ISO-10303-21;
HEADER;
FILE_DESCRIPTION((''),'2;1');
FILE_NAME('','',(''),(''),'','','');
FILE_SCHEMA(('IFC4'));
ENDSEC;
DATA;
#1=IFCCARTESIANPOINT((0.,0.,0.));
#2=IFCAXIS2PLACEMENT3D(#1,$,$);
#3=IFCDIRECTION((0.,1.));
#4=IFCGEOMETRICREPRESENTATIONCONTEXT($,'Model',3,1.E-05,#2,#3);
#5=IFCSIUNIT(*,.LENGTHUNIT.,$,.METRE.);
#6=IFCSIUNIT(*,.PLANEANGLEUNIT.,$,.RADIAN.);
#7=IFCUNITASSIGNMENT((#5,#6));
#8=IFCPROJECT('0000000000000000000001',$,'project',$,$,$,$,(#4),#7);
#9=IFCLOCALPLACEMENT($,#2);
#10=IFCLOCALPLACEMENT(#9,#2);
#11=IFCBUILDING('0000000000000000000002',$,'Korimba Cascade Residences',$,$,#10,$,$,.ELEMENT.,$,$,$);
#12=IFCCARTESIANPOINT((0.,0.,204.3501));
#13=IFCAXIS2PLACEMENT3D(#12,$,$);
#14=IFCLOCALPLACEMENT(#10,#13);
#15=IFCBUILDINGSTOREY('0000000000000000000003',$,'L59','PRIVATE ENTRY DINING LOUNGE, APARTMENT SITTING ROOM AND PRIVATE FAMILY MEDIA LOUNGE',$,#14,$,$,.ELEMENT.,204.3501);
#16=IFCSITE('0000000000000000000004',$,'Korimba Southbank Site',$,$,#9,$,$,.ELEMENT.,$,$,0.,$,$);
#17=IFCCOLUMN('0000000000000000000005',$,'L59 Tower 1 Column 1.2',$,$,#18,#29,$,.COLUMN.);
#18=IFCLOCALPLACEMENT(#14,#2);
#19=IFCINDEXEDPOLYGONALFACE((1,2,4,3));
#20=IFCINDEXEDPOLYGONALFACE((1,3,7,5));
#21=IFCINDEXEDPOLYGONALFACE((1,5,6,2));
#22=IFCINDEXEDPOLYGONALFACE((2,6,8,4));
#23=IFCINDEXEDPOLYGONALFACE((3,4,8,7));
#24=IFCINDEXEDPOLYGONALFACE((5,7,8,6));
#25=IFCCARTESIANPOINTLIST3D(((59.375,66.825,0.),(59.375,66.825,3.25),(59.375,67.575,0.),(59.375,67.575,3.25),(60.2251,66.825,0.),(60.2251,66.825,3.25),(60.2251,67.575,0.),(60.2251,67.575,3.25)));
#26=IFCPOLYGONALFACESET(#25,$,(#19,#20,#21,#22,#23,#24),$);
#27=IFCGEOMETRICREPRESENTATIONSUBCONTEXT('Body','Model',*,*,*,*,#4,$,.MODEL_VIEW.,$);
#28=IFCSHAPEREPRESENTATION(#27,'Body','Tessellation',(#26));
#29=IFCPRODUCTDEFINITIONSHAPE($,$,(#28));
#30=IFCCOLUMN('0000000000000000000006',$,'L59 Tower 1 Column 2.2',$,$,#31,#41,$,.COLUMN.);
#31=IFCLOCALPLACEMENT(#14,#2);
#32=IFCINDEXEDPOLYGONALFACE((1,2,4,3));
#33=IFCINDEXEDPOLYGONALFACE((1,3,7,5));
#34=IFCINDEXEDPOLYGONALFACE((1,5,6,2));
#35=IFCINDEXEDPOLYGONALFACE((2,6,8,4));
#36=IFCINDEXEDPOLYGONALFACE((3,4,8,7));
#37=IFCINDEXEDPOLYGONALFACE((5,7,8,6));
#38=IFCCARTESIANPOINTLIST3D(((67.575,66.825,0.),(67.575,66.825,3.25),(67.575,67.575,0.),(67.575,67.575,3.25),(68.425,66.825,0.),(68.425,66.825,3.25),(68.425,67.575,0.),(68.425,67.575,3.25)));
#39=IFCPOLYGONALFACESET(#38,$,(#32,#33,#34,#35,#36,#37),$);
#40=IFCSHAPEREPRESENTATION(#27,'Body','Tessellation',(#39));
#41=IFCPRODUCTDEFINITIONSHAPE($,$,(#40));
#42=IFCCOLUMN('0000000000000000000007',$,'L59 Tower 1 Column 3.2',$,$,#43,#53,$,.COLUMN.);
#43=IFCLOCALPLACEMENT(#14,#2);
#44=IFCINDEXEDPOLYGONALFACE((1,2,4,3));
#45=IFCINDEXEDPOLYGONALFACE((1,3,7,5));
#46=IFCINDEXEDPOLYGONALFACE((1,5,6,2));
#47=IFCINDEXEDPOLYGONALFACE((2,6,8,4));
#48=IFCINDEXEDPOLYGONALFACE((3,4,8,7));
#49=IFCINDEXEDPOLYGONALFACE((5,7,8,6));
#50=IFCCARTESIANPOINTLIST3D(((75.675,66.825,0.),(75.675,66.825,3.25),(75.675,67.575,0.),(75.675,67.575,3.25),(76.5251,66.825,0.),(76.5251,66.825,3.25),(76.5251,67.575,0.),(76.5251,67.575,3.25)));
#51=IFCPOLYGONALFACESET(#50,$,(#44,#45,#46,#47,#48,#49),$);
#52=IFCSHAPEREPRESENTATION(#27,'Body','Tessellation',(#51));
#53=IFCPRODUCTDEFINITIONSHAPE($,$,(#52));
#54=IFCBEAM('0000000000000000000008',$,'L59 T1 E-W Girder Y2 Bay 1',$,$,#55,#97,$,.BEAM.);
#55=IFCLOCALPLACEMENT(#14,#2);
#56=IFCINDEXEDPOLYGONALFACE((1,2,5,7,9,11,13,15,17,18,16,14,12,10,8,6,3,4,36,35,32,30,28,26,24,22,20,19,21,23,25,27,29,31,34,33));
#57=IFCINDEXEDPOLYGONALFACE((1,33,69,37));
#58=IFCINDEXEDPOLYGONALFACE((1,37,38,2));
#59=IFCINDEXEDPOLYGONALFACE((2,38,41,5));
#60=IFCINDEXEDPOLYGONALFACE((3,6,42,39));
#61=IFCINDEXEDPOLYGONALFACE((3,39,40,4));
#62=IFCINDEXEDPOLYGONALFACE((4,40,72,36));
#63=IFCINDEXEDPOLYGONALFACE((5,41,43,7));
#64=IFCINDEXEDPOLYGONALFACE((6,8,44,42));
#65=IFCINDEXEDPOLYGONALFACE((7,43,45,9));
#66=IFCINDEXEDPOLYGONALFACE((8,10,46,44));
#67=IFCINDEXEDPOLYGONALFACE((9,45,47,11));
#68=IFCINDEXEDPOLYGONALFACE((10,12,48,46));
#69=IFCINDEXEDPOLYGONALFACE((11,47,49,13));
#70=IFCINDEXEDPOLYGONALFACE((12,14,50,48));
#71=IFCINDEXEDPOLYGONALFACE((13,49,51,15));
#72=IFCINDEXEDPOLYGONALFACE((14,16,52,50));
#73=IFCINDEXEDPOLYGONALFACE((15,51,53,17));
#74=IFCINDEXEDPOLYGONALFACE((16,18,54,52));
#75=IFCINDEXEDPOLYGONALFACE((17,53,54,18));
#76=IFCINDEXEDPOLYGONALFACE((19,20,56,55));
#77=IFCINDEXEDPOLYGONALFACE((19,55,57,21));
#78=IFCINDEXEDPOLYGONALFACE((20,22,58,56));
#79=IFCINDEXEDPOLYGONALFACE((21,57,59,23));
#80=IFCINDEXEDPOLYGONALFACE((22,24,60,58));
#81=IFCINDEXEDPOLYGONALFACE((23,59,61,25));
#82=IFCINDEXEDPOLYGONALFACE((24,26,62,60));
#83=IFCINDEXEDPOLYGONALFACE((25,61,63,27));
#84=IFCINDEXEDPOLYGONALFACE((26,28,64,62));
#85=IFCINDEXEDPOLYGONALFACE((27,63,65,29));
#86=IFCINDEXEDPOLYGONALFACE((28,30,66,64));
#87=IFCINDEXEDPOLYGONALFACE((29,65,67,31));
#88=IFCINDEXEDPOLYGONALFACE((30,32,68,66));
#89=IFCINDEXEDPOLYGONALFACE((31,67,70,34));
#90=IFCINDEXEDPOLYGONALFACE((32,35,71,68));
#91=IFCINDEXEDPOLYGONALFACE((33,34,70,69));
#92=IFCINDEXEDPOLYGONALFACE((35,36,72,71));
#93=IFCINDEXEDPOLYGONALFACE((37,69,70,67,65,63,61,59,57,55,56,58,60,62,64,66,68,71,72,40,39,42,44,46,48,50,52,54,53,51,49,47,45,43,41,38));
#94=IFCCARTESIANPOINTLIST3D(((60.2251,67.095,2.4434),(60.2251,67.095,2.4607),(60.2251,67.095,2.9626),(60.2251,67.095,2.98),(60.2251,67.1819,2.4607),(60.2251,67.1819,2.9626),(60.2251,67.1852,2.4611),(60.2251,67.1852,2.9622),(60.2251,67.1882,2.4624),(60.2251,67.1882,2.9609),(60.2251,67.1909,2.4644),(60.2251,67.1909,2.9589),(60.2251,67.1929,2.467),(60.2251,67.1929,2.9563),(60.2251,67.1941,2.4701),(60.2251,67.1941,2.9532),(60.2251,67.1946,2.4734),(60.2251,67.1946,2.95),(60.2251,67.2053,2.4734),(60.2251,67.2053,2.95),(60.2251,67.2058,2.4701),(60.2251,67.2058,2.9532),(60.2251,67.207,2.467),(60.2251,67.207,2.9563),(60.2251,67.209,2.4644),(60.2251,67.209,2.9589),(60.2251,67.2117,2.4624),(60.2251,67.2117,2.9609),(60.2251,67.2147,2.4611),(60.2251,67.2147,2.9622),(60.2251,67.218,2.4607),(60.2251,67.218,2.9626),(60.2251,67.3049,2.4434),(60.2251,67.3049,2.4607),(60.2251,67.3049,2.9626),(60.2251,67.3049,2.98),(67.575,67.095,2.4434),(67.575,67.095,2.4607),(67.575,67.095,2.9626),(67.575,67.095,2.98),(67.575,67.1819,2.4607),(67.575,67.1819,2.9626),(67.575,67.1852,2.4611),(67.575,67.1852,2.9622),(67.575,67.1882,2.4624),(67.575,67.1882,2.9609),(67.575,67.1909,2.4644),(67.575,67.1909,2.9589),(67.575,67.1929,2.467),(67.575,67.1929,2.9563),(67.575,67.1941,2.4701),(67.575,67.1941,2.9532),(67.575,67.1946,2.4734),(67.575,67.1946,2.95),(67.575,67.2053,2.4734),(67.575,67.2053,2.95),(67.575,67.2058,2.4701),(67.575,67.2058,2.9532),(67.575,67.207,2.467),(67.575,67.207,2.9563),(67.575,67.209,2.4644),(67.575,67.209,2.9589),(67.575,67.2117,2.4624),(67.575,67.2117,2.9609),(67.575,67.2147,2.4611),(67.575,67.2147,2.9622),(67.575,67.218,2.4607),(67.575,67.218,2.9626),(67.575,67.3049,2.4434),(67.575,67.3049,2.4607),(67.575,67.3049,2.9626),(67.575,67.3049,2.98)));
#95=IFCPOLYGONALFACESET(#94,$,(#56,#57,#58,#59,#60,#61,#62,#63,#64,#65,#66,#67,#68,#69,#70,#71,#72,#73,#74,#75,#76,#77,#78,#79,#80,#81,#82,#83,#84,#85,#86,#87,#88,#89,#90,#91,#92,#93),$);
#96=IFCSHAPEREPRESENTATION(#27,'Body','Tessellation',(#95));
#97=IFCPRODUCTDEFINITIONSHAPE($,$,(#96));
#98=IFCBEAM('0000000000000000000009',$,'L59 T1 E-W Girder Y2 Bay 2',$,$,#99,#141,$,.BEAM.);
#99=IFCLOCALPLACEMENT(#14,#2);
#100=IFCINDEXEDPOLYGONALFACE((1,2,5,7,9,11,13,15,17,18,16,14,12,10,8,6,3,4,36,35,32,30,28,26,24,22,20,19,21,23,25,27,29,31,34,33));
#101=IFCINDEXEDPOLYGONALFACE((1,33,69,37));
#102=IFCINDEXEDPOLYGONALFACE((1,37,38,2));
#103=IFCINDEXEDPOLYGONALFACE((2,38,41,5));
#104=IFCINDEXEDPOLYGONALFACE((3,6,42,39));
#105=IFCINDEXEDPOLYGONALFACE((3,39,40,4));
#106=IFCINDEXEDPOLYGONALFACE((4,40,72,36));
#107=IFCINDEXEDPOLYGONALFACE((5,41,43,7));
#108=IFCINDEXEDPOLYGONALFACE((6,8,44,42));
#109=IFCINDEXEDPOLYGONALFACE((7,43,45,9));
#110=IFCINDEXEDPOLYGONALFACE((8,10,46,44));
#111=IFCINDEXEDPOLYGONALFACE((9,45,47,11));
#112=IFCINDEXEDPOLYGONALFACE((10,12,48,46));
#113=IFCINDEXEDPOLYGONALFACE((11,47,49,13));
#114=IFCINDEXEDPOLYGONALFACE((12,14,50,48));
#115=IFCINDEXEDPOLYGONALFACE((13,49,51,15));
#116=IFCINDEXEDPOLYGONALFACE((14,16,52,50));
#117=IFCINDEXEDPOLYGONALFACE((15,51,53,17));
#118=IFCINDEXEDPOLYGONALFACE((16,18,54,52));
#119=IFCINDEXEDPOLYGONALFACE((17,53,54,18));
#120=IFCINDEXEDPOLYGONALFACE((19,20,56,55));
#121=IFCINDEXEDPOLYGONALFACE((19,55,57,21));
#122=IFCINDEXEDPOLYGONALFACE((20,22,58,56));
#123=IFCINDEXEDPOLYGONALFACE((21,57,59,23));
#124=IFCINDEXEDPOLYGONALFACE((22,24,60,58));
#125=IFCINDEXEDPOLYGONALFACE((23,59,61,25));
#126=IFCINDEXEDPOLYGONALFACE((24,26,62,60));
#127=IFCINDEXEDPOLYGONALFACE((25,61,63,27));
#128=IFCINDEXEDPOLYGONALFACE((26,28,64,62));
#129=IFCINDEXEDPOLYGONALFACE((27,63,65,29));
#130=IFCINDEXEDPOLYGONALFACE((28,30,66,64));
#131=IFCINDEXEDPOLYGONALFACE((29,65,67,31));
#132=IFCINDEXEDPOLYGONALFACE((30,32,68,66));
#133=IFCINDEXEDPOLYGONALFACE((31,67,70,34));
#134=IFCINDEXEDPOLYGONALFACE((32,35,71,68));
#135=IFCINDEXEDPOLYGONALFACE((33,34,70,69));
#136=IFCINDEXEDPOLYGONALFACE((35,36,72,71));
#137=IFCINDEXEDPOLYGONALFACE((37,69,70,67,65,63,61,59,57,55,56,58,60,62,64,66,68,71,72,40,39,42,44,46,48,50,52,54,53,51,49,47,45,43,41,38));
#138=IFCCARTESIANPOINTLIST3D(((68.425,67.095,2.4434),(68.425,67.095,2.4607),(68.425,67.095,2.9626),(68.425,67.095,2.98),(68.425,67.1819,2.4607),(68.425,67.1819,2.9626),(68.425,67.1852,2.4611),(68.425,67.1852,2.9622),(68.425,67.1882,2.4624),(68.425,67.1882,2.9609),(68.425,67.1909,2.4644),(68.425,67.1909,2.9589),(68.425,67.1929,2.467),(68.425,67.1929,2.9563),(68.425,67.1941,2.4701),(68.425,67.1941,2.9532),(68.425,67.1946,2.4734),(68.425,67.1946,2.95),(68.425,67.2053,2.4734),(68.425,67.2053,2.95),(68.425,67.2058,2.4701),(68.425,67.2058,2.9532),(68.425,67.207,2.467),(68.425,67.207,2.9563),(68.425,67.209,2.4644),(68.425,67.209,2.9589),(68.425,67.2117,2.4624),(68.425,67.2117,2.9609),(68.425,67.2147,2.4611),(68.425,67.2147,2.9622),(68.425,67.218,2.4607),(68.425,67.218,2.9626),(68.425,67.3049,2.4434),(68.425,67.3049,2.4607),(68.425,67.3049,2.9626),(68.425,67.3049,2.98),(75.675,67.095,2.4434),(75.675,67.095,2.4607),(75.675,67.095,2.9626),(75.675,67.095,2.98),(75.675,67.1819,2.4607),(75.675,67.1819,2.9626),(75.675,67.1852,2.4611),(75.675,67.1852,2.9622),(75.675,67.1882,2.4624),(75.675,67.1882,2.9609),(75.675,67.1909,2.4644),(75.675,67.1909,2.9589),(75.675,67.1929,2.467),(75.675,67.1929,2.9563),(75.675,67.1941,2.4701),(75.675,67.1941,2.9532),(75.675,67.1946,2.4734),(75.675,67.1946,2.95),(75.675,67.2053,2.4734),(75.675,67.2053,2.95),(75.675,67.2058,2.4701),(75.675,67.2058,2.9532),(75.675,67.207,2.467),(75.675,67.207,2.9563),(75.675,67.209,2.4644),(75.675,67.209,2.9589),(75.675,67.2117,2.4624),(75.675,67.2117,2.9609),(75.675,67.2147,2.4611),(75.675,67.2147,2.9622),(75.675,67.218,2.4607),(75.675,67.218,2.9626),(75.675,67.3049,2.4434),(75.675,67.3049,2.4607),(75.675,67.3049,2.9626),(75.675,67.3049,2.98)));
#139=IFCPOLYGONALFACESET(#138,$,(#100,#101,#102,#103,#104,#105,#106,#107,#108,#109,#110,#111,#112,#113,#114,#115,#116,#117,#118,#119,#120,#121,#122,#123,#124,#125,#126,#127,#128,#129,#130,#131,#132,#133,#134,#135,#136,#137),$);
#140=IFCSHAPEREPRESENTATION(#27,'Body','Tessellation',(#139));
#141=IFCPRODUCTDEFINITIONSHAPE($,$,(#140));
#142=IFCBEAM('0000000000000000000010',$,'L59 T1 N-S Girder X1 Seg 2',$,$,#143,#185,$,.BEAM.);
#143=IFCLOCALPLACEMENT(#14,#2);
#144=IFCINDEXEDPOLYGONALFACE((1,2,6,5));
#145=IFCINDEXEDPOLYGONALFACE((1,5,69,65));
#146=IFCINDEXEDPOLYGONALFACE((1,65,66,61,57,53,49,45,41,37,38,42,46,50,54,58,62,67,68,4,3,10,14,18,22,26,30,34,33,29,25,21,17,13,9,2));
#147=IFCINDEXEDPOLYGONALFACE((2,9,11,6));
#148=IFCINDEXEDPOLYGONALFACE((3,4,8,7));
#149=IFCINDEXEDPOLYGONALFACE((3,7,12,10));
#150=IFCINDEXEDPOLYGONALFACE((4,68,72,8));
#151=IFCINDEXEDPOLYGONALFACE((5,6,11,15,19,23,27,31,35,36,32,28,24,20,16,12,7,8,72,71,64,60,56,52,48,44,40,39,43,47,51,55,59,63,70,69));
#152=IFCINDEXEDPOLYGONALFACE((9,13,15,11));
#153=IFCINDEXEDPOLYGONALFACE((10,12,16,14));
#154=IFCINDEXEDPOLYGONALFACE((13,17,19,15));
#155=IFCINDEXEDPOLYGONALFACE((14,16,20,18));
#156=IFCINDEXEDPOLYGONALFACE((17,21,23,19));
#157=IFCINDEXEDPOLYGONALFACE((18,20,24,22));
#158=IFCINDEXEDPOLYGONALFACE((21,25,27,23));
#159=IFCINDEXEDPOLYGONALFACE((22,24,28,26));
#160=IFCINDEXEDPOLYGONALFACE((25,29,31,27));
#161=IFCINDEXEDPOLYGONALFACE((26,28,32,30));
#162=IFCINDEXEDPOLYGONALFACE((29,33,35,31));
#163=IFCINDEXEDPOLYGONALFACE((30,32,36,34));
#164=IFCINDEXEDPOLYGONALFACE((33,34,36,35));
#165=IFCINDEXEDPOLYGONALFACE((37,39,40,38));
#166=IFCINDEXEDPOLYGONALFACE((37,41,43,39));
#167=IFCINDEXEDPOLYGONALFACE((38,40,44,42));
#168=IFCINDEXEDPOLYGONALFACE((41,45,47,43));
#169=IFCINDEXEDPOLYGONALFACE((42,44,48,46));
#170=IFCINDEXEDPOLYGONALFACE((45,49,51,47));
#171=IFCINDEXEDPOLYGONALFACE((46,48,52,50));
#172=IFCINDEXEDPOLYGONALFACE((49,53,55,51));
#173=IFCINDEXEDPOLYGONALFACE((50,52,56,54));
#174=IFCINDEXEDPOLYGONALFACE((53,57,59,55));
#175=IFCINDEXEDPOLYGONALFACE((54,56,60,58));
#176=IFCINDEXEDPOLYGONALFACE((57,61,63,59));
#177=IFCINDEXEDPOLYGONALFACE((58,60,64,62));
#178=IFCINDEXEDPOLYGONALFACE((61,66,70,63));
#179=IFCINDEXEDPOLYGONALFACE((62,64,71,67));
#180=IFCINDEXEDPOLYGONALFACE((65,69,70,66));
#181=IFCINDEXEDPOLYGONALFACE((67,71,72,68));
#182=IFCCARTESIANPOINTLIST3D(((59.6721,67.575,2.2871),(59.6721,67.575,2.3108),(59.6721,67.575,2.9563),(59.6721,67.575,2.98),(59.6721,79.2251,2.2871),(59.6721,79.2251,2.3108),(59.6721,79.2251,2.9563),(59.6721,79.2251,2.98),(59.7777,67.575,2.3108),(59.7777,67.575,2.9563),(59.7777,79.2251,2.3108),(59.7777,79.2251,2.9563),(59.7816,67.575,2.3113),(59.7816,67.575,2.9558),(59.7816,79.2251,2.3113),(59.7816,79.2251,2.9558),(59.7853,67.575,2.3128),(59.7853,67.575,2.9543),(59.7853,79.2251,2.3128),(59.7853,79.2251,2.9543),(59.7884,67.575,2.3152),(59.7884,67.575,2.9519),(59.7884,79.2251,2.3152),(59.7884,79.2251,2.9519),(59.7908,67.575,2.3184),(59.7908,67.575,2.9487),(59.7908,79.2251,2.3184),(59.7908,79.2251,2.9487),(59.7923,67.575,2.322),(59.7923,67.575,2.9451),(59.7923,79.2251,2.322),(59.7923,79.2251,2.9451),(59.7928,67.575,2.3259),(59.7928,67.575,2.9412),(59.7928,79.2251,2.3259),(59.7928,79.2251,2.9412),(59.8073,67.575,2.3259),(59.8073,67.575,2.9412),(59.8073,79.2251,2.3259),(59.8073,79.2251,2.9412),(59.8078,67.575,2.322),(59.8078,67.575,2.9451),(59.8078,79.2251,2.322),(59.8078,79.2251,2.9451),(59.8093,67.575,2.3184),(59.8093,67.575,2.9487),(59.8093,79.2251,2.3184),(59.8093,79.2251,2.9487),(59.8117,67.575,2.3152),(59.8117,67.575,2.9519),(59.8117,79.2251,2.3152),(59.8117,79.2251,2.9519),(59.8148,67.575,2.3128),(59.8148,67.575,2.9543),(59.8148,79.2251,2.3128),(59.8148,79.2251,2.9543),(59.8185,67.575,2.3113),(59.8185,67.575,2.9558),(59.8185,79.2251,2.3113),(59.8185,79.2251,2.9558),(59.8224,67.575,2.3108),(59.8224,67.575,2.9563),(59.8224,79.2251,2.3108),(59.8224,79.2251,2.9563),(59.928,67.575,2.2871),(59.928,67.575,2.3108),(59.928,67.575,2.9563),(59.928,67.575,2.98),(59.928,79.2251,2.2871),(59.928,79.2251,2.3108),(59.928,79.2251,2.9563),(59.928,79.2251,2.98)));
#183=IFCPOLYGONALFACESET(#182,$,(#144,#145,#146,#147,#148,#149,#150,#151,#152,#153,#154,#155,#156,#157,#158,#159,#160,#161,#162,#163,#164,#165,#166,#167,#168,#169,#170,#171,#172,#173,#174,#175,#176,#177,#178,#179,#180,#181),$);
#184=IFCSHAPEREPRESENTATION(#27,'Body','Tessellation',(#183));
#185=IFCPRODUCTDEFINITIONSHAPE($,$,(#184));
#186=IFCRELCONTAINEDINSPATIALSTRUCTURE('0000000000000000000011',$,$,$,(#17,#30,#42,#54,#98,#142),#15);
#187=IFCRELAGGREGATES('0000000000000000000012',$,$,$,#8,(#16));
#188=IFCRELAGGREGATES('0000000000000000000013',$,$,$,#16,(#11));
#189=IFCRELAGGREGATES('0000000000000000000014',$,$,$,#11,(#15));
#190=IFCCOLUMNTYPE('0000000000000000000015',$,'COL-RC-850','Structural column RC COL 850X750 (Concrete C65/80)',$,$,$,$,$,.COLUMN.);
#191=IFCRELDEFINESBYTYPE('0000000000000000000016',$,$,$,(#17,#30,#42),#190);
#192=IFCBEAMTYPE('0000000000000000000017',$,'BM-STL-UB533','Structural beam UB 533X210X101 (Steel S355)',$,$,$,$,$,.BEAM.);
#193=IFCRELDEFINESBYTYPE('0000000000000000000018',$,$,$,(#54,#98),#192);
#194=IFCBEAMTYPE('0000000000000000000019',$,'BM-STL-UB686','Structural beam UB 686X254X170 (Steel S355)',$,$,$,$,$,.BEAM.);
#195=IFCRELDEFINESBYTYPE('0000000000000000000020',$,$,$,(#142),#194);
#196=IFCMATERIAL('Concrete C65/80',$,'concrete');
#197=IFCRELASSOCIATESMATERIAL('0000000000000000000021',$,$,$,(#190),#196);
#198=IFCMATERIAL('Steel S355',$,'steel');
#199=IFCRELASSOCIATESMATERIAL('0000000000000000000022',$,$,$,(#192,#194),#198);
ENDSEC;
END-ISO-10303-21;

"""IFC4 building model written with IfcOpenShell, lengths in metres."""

from ifc_helpers import new_model, si_unit, direction, frame, origin, origin_2d, place, context, subcontext, project, spatial, rectangle, i_section, extrude, material, material_profile, profile_set, type_object, element, save


model = new_model("IFC4")

# Units and contexts
model_context = context("Model", 3, precision=1e-05, world=origin(), true_north=direction((0.0, 1.0)))
body_context = subcontext(model_context, "Body", "Model", "MODEL_VIEW")
ifc_project = project(units=[si_unit("LENGTHUNIT", "METRE"), si_unit("PLANEANGLEUNIT", "RADIAN")], contexts=[model_context])

# Site, building, storey
site_placement = place(None, origin())
site = spatial("IfcSite", under=ifc_project, at=site_placement, Name="Korimba Southbank Site", CompositionType="ELEMENT", RefElevation=0.0)
building_placement = place(site_placement, origin())
building = spatial("IfcBuilding", under=site, at=building_placement, Name="Korimba Cascade Residences", CompositionType="ELEMENT")
storey_placement = place(building_placement, frame((0.0, 0.0, 204.3501)))
storey = spatial("IfcBuildingStorey", under=building, at=storey_placement, Name="L59", Description="PRIVATE ENTRY DINING LOUNGE, APARTMENT SITTING ROOM AND PRIVATE FAMILY MEDIA LOUNGE", CompositionType="ELEMENT", Elevation=204.3501)

# Columns
ifc_material_1 = material(Name="Concrete C65/80", Category="concrete")
ifc_material_profile_1 = material_profile(ifc_material_1, rectangle(XDim=0.8501, YDim=0.75, at=origin_2d()), Name="Concrete C65/80")
ifc_profile_set_1 = profile_set([ifc_material_profile_1], Name="Concrete C65/80")
column_type = type_object("IfcColumnType", Name="COL-RC-850", Description="Structural column RC COL 850X750 (Concrete C65/80)", PredefinedType="COLUMN", material=ifc_profile_set_1)
for number, where, z_axis, x_axis, name in (
    (1, (59.8, 67.2, 0.0), (0.0, 0.0, 1.0), (1.0, 0.0, 0.0), "L59 Tower 1 Column 1.2"),
    (2, (68.0, 67.2, 0.0), (0.0, 0.0, 1.0), (1.0, 0.0, 0.0), "L59 Tower 1 Column 2.2"),
    (3, (76.1001, 67.2, 0.0), (0.0, 0.0, 1.0), (1.0, 0.0, 0.0), "L59 Tower 1 Column 3.2"),
):
    element("IfcColumn", number, at=place(storey_placement, frame(where, z_axis=z_axis, x_axis=x_axis)), inside=storey, type_object=column_type, Name=name, PredefinedType="COLUMN", context=body_context, shape_type="SweptSolid", body=[
        extrude(rectangle(XDim=0.8501, YDim=0.75, at=origin_2d()), origin(), (0.0, 0.0, 1.0), 3.25),
    ])

# Beams
ifc_material_2 = material(Name="Steel S355", Category="steel")
ifc_material_profile_2 = material_profile(ifc_material_2, i_section(OverallWidth=0.21, OverallDepth=0.5366, WebThickness=0.0107, FlangeThickness=0.0173, FilletRadius=0.0127, at=origin_2d()), Name="Steel S355")
ifc_profile_set_2 = profile_set([ifc_material_profile_2], Name="Steel S355")
beam_type_1 = type_object("IfcBeamType", Name="BM-STL-UB533", Description="Structural beam UB 533X210X101 (Steel S355)", PredefinedType="BEAM", material=ifc_profile_set_2)
beam_1_placement = place(storey_placement, frame((60.2251, 67.2, 2.7117), z_axis=(1.0, 0.0, 0.0), x_axis=(0.0, 1.0, 0.0)))
element("IfcBeam", 4, at=beam_1_placement, inside=storey, type_object=beam_type_1, Name="L59 T1 E-W Girder Y2 Bay 1", PredefinedType="BEAM", context=body_context, shape_type="SweptSolid", body=[
    extrude(i_section(OverallWidth=0.21, OverallDepth=0.5366, WebThickness=0.0107, FlangeThickness=0.0173, FilletRadius=0.0127, at=origin_2d()), origin(), (0.0, 0.0, 1.0), 7.3499),
])
beam_2_placement = place(storey_placement, frame((68.425, 67.2, 2.7117), z_axis=(1.0, 0.0, 0.0), x_axis=(0.0, 1.0, 0.0)))
element("IfcBeam", 5, at=beam_2_placement, inside=storey, type_object=beam_type_1, Name="L59 T1 E-W Girder Y2 Bay 2", PredefinedType="BEAM", context=body_context, shape_type="SweptSolid", body=[
    extrude(i_section(OverallWidth=0.21, OverallDepth=0.5366, WebThickness=0.0107, FlangeThickness=0.0173, FilletRadius=0.0127, at=origin_2d()), origin(), (0.0, 0.0, 1.0), 7.25),
])
ifc_material_profile_3 = material_profile(ifc_material_2, i_section(OverallWidth=0.2559, OverallDepth=0.6929, WebThickness=0.0144, FlangeThickness=0.0237, FilletRadius=0.0151, at=origin_2d()), Name="Steel S355")
ifc_profile_set_3 = profile_set([ifc_material_profile_3], Name="Steel S355")
beam_type_2 = type_object("IfcBeamType", Name="BM-STL-UB686", Description="Structural beam UB 686X254X170 (Steel S355)", PredefinedType="BEAM", material=ifc_profile_set_3)
beam_3_placement = place(storey_placement, frame((59.8, 67.575, 2.6335), z_axis=(0.0, 1.0, 0.0), x_axis=(-1.0, 0.0, 0.0)))
element("IfcBeam", 6, at=beam_3_placement, inside=storey, type_object=beam_type_2, Name="L59 T1 N-S Girder X1 Seg 2", PredefinedType="BEAM", context=body_context, shape_type="SweptSolid", body=[
    extrude(i_section(OverallWidth=0.2559, OverallDepth=0.6929, WebThickness=0.0144, FlangeThickness=0.0237, FilletRadius=0.0151, at=origin_2d()), origin(), (0.0, 0.0, 1.0), 11.6501),
])

save(model, "model.ifc")
